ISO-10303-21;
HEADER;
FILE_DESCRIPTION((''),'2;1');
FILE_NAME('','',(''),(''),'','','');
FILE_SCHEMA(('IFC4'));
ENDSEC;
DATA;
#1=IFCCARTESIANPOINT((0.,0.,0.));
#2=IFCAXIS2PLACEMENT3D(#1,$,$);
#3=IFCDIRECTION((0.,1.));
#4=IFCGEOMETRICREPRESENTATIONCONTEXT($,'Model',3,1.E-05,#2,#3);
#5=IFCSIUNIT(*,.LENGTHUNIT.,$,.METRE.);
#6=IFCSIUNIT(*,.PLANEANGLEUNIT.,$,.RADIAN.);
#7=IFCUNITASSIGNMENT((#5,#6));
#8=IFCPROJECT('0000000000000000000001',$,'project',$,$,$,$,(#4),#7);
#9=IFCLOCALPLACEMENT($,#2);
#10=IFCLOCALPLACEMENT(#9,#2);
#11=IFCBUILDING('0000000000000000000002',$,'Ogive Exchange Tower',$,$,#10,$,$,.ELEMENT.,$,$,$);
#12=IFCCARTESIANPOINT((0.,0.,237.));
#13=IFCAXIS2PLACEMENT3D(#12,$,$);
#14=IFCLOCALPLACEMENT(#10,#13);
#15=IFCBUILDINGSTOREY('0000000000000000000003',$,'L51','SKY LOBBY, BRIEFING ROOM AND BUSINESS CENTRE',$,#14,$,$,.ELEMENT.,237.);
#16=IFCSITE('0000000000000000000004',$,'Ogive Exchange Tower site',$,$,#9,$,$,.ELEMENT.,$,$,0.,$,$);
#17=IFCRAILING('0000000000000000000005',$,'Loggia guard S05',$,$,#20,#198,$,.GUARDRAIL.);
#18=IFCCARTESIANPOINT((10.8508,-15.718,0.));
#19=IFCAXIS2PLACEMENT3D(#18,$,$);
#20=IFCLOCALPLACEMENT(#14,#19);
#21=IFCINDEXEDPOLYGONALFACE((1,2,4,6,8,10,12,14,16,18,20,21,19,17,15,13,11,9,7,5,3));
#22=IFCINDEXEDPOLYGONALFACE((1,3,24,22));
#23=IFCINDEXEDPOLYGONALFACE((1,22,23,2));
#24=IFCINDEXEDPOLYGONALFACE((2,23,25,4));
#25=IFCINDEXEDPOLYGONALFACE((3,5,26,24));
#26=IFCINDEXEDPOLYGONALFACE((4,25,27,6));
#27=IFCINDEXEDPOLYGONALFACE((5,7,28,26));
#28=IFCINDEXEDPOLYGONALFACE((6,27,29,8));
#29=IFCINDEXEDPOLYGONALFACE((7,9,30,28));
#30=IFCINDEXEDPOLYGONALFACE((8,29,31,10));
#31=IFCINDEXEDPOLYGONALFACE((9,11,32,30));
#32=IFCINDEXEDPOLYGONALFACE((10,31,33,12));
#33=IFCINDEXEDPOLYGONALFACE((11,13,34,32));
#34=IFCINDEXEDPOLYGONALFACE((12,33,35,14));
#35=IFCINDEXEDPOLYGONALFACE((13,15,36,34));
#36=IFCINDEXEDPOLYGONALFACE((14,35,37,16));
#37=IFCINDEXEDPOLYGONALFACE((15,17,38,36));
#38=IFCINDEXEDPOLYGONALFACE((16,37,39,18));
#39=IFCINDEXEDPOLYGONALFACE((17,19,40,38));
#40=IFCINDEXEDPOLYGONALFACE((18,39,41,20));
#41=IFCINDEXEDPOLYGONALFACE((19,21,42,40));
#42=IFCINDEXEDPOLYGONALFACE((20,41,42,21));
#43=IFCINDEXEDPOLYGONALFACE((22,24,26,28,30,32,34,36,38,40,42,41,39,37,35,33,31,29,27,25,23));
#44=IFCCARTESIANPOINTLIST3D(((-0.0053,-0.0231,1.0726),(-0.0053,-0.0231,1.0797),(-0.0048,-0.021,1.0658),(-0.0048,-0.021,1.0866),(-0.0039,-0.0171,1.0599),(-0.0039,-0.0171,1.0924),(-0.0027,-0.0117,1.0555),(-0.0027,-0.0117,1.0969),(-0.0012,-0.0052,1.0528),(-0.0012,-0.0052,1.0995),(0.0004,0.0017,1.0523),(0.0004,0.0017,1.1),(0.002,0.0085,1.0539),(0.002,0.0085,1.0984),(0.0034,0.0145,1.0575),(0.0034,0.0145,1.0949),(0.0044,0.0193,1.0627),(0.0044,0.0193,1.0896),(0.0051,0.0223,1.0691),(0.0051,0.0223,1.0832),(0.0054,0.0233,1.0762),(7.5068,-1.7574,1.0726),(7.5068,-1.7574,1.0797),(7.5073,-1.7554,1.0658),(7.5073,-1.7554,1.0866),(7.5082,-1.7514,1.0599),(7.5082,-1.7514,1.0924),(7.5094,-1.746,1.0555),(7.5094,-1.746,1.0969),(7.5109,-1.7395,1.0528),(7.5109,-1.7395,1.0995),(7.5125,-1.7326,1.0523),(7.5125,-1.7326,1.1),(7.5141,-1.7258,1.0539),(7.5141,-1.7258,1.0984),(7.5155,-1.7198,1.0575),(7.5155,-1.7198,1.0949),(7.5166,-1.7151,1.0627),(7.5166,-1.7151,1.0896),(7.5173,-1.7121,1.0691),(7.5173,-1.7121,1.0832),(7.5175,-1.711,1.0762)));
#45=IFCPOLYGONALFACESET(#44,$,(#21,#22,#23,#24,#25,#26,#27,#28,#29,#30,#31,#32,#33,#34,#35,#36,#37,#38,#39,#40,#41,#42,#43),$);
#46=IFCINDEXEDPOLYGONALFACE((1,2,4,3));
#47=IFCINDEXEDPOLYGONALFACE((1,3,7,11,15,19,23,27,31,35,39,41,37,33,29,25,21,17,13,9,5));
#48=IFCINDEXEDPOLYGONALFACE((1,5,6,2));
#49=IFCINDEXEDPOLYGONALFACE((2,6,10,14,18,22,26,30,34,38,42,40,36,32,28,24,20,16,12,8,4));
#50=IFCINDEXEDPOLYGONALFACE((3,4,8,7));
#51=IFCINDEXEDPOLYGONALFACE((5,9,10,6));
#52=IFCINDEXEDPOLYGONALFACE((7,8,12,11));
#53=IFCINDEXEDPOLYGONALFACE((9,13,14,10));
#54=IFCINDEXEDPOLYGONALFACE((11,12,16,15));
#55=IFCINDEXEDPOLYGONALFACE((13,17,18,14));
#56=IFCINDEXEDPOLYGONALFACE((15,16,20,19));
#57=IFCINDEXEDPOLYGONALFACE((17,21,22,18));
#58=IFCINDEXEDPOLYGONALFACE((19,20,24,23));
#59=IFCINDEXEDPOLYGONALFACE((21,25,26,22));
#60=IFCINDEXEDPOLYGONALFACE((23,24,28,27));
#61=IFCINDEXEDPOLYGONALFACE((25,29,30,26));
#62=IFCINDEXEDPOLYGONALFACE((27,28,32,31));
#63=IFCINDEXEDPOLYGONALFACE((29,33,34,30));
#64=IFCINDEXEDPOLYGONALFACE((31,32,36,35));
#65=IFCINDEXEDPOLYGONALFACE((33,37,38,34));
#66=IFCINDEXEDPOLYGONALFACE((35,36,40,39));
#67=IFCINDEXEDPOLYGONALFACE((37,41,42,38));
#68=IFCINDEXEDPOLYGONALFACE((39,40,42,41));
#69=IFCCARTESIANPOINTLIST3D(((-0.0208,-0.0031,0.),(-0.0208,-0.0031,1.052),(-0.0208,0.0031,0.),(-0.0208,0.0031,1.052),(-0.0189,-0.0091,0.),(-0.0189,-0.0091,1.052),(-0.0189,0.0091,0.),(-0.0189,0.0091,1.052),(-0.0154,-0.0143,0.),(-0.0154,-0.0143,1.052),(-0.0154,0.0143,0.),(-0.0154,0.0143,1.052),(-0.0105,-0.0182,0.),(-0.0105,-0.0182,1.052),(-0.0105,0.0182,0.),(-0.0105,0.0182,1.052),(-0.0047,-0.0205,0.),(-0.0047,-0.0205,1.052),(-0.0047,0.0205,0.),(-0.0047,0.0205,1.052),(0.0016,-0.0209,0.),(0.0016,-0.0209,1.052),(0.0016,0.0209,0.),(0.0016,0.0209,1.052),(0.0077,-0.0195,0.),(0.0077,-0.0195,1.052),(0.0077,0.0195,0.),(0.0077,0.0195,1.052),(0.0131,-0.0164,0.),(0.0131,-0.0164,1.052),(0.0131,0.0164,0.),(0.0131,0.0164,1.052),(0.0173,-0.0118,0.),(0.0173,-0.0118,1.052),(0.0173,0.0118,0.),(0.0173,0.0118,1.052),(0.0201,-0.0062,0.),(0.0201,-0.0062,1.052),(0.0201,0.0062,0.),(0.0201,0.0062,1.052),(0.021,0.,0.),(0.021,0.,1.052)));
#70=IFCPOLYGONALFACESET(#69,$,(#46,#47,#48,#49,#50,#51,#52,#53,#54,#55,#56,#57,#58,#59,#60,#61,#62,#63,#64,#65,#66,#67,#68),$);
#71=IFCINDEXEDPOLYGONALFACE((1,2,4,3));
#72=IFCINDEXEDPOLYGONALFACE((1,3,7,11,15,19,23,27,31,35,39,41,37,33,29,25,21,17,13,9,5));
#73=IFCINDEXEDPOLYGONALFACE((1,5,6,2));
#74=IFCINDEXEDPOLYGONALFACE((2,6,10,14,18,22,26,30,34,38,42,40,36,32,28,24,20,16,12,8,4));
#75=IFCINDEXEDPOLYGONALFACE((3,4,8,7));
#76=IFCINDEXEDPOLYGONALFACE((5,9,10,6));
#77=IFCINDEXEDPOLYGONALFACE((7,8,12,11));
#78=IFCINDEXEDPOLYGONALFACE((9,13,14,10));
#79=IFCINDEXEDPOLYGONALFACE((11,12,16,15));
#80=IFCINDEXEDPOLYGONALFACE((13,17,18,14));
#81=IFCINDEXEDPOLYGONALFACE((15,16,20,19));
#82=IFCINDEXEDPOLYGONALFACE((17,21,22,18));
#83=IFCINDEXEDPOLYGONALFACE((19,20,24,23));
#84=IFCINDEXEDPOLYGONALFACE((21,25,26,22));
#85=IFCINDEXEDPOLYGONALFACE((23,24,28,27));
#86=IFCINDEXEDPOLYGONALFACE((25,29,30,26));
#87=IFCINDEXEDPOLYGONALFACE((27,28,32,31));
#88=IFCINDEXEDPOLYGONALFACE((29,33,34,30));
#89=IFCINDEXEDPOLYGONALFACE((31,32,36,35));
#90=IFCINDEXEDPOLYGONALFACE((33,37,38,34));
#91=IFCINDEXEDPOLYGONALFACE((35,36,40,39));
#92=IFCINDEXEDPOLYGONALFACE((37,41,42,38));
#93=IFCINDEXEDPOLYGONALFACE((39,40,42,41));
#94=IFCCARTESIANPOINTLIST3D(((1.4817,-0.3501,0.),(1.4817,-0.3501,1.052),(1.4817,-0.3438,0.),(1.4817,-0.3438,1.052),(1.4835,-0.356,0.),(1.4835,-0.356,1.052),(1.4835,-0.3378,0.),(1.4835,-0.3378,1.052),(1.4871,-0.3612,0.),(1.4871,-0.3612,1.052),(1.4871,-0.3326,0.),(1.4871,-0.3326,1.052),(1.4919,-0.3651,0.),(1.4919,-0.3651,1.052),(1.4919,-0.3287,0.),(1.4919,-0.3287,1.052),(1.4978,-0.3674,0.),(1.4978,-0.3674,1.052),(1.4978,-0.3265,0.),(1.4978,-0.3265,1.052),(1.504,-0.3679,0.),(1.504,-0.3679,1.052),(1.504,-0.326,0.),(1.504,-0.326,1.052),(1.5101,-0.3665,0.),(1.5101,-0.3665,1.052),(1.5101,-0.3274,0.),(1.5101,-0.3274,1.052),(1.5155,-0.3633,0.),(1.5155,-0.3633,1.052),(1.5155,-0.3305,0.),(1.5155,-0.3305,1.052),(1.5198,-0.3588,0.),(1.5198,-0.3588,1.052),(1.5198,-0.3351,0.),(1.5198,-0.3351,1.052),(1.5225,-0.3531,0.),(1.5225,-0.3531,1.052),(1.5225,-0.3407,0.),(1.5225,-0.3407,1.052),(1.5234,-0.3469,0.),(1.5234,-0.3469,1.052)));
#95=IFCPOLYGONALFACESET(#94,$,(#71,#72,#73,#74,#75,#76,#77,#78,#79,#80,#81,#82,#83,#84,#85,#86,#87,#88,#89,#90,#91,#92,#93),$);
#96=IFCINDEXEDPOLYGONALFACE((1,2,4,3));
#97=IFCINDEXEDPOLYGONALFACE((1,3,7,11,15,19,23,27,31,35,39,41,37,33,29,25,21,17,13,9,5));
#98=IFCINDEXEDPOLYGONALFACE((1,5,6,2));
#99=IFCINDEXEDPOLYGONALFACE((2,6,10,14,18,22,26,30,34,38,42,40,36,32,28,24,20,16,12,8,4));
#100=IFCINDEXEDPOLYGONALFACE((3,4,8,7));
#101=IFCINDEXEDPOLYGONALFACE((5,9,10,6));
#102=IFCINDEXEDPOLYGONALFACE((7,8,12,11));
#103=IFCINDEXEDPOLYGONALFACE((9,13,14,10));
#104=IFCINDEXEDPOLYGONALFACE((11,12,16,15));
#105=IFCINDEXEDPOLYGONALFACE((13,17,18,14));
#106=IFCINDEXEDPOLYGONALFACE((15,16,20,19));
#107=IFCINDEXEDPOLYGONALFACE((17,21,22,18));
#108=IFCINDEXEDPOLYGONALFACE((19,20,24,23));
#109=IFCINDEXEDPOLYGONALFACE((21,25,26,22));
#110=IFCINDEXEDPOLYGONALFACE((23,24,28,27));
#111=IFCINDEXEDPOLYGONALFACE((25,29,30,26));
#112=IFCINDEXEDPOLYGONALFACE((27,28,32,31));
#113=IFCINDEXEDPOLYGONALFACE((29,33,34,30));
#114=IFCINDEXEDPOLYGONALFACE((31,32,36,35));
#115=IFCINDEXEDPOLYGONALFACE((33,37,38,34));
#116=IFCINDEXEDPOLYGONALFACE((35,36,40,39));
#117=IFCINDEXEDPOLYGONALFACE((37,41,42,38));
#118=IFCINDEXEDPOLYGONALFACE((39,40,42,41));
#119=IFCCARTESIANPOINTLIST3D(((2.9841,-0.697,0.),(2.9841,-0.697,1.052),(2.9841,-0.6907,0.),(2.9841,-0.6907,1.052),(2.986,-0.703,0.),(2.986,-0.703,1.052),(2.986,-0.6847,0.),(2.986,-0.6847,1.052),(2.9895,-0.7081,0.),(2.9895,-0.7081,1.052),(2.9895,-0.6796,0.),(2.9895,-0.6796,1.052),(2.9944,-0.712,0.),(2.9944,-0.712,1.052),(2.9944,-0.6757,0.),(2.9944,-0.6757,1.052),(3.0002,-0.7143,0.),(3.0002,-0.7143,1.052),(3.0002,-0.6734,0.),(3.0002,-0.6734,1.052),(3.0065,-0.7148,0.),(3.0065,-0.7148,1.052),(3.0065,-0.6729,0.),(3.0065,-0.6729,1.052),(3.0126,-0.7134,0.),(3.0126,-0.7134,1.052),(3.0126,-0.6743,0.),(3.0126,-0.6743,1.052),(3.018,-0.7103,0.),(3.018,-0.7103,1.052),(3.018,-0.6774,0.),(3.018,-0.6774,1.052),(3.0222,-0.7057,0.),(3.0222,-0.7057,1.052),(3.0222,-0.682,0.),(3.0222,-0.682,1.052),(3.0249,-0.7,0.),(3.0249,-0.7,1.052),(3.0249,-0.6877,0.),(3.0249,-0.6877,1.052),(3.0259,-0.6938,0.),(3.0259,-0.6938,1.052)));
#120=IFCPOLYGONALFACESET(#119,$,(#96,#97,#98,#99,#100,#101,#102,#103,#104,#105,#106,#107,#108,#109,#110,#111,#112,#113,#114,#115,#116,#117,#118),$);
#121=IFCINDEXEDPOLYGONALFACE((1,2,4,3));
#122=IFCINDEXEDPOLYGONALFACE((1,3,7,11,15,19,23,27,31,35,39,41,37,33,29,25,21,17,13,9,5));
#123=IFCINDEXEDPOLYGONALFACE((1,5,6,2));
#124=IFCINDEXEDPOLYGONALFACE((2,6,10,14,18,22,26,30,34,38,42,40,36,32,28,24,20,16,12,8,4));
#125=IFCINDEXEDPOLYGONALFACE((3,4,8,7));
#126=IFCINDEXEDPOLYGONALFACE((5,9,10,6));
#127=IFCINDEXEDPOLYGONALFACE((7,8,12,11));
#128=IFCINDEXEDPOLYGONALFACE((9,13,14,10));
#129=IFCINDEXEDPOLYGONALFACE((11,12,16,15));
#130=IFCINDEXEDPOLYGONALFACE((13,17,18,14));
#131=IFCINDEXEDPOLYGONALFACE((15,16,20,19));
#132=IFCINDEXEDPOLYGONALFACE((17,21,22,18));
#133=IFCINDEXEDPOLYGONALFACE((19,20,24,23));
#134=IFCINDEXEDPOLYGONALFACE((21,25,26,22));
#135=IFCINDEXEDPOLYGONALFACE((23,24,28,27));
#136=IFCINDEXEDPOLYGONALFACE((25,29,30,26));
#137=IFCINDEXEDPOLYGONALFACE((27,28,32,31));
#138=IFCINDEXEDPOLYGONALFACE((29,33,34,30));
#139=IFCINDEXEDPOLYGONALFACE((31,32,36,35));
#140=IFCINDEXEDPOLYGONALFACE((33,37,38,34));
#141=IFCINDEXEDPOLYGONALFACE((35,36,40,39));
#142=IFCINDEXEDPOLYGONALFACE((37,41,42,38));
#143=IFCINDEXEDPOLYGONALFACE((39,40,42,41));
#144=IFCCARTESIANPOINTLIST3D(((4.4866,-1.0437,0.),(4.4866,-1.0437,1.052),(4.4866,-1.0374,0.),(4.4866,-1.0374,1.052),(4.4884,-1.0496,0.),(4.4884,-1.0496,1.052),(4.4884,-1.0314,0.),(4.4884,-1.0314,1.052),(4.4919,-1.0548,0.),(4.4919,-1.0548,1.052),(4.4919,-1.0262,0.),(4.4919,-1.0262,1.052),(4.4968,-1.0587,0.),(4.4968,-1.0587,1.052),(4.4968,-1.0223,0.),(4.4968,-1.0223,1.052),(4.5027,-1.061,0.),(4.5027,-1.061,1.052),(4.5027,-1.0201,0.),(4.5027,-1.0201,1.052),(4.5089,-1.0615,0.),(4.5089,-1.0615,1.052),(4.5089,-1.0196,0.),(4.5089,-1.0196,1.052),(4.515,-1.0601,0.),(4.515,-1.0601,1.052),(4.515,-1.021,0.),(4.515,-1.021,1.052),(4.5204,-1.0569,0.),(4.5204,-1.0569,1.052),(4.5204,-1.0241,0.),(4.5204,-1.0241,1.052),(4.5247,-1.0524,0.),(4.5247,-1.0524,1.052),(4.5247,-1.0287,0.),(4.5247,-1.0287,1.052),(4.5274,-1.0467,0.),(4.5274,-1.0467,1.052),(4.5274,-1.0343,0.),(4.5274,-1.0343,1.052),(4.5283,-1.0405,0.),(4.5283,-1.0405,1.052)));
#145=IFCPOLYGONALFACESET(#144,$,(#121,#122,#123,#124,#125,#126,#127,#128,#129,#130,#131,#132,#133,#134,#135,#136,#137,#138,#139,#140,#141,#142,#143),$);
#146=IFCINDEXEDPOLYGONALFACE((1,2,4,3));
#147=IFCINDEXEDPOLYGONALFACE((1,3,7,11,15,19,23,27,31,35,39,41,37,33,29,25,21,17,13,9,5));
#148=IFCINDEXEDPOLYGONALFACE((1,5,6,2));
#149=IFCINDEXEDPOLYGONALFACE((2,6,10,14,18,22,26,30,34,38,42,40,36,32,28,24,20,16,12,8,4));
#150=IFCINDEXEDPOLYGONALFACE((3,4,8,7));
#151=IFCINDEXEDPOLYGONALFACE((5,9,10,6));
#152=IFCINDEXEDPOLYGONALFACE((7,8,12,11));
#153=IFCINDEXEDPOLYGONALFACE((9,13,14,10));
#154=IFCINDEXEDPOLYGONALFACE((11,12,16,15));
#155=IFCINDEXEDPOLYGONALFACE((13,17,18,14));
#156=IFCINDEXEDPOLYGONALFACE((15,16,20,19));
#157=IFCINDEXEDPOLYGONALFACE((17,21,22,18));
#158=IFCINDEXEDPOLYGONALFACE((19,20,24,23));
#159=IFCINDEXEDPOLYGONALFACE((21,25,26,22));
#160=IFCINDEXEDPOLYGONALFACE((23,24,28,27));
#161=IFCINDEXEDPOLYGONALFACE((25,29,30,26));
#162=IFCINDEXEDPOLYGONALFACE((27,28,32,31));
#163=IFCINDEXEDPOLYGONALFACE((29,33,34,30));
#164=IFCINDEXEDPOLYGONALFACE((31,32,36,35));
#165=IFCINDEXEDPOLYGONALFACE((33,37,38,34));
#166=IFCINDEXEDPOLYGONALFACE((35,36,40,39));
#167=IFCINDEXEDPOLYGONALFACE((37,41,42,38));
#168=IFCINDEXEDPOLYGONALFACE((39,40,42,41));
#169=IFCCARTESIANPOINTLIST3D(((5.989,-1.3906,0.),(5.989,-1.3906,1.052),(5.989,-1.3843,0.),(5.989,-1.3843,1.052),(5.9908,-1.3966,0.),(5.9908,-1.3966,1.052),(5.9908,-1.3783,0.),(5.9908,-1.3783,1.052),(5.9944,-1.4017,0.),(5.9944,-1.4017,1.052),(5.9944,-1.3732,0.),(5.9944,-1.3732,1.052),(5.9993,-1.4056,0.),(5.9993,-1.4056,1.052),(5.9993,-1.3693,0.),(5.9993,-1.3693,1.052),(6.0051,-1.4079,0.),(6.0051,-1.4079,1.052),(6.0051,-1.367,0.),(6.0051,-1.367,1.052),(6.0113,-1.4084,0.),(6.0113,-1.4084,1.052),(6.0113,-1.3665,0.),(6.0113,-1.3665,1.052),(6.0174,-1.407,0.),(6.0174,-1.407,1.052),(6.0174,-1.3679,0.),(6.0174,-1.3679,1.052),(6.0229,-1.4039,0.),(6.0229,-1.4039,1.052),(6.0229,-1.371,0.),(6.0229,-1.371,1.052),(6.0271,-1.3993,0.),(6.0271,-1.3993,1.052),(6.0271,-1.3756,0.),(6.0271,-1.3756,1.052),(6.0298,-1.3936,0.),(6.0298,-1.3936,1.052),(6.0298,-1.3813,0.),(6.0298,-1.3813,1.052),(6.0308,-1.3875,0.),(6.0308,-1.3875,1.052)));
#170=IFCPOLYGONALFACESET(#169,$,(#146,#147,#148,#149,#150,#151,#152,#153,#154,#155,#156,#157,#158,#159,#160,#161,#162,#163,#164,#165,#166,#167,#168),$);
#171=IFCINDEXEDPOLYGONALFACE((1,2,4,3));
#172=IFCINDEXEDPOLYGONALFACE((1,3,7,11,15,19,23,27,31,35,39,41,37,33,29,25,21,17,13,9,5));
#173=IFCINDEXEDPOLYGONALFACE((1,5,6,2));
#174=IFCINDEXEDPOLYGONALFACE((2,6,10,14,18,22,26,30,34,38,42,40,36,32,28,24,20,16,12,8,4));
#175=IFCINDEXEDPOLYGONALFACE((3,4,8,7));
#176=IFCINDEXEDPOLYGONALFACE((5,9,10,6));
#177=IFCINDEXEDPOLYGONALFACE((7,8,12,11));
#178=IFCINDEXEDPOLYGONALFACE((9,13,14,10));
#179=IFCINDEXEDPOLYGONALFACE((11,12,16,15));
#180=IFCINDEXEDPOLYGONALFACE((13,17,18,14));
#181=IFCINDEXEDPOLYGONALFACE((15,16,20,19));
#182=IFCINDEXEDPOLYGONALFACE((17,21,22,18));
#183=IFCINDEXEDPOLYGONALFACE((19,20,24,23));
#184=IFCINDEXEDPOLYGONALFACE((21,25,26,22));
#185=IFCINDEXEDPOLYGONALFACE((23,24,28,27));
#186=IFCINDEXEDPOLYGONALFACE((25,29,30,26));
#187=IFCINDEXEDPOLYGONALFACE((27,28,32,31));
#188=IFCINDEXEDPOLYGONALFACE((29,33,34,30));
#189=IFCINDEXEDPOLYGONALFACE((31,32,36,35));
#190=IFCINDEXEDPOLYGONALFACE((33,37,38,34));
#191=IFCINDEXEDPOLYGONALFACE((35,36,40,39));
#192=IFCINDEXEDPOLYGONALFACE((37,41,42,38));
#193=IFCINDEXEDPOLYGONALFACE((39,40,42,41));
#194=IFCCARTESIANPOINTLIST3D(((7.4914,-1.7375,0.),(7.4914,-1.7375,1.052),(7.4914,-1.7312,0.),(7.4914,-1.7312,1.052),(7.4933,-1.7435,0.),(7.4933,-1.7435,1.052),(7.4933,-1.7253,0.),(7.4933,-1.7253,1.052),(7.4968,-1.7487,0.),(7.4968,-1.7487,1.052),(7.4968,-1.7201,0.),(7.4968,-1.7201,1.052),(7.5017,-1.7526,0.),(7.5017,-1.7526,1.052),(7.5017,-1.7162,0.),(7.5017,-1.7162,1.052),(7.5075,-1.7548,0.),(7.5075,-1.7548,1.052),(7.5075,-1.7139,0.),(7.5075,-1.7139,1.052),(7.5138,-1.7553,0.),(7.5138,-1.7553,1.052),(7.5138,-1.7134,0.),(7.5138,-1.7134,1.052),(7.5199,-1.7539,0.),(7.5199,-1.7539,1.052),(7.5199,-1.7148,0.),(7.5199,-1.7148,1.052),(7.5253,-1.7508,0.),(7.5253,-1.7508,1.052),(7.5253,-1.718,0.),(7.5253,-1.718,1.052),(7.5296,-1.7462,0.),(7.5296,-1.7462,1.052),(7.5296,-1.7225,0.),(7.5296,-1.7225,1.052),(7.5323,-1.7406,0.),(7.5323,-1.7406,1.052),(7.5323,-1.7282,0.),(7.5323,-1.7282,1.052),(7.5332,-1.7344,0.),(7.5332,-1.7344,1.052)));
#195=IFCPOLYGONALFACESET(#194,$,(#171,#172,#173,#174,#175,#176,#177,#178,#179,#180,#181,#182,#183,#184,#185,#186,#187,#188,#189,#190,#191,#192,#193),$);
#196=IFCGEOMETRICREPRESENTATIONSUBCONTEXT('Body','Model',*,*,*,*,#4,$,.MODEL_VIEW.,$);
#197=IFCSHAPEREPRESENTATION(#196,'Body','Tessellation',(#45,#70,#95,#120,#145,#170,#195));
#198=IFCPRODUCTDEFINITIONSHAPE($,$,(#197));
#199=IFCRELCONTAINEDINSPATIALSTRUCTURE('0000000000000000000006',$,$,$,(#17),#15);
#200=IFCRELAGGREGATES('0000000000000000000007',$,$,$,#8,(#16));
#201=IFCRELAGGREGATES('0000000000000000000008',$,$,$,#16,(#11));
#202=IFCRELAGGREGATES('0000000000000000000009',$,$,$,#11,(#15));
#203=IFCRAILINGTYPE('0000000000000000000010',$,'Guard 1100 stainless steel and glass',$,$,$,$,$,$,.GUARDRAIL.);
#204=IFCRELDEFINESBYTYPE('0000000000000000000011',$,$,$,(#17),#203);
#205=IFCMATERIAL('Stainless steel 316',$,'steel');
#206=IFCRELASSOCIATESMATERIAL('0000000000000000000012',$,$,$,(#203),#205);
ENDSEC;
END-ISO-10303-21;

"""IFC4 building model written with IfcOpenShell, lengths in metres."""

from ifc_helpers import new_model, si_unit, direction, frame, origin, origin_2d, place, context, subcontext, project, spatial, circle, extrude, material, type_object, element, save


model = new_model("IFC4")

# Units and contexts
model_context = context("Model", 3, precision=1e-05, world=origin(), true_north=direction((0.0, 1.0)))
body_context = subcontext(model_context, "Body", "Model", "MODEL_VIEW")
ifc_project = project(units=[si_unit("LENGTHUNIT", "METRE"), si_unit("PLANEANGLEUNIT", "RADIAN")], contexts=[model_context])

# Site, building, storey
site_placement = place(None, origin())
site = spatial("IfcSite", under=ifc_project, at=site_placement, Name="Ogive Exchange Tower site", CompositionType="ELEMENT", RefElevation=0.0)
building_placement = place(site_placement, origin())
building = spatial("IfcBuilding", under=site, at=building_placement, Name="Ogive Exchange Tower", CompositionType="ELEMENT")
storey_placement = place(building_placement, frame((0.0, 0.0, 237.0)))
storey = spatial("IfcBuildingStorey", under=building, at=storey_placement, Name="L51", Description="SKY LOBBY, BRIEFING ROOM AND BUSINESS CENTRE", CompositionType="ELEMENT", Elevation=237.0)

# Railing
ifc_material_1 = material(Name="Stainless steel 316", Category="steel")
railing_type_1 = type_object("IfcRailingType", Name="Guard 1100 stainless steel and glass", PredefinedType="GUARDRAIL", material=ifc_material_1)
railing_1_placement = place(storey_placement, frame((10.8508, -15.718, 0.0)))
element("IfcRailing", 1, at=railing_1_placement, inside=storey, type_object=railing_type_1, Name="Loggia guard S05", PredefinedType="GUARDRAIL", context=body_context, shape_type="SweptSolid", body=[
    extrude(circle(Radius=0.0239, at=origin_2d()), frame((0.0, 0.0, 1.0762), z_axis=(0.974369, -0.224957, 0.0), x_axis=(0.224957, 0.974369, 0.0)), (0.0, 0.0, 1.0), 7.7097),
    extrude(circle(Radius=0.021, at=origin_2d()), origin(), (0.0, 0.0, 1.0), 1.052),
    extrude(circle(Radius=0.021, at=origin_2d()), frame((1.5024, -0.3469, 0.0)), (0.0, 0.0, 1.0), 1.052),
    extrude(circle(Radius=0.021, at=origin_2d()), frame((3.0049, -0.6938, 0.0)), (0.0, 0.0, 1.0), 1.052),
    extrude(circle(Radius=0.021, at=origin_2d()), frame((4.5073, -1.0405, 0.0)), (0.0, 0.0, 1.0), 1.052),
    extrude(circle(Radius=0.021, at=origin_2d()), frame((6.0098, -1.3875, 0.0)), (0.0, 0.0, 1.0), 1.052),
    extrude(circle(Radius=0.021, at=origin_2d()), frame((7.5122, -1.7344, 0.0)), (0.0, 0.0, 1.0), 1.052),
])

save(model, "model.ifc")
